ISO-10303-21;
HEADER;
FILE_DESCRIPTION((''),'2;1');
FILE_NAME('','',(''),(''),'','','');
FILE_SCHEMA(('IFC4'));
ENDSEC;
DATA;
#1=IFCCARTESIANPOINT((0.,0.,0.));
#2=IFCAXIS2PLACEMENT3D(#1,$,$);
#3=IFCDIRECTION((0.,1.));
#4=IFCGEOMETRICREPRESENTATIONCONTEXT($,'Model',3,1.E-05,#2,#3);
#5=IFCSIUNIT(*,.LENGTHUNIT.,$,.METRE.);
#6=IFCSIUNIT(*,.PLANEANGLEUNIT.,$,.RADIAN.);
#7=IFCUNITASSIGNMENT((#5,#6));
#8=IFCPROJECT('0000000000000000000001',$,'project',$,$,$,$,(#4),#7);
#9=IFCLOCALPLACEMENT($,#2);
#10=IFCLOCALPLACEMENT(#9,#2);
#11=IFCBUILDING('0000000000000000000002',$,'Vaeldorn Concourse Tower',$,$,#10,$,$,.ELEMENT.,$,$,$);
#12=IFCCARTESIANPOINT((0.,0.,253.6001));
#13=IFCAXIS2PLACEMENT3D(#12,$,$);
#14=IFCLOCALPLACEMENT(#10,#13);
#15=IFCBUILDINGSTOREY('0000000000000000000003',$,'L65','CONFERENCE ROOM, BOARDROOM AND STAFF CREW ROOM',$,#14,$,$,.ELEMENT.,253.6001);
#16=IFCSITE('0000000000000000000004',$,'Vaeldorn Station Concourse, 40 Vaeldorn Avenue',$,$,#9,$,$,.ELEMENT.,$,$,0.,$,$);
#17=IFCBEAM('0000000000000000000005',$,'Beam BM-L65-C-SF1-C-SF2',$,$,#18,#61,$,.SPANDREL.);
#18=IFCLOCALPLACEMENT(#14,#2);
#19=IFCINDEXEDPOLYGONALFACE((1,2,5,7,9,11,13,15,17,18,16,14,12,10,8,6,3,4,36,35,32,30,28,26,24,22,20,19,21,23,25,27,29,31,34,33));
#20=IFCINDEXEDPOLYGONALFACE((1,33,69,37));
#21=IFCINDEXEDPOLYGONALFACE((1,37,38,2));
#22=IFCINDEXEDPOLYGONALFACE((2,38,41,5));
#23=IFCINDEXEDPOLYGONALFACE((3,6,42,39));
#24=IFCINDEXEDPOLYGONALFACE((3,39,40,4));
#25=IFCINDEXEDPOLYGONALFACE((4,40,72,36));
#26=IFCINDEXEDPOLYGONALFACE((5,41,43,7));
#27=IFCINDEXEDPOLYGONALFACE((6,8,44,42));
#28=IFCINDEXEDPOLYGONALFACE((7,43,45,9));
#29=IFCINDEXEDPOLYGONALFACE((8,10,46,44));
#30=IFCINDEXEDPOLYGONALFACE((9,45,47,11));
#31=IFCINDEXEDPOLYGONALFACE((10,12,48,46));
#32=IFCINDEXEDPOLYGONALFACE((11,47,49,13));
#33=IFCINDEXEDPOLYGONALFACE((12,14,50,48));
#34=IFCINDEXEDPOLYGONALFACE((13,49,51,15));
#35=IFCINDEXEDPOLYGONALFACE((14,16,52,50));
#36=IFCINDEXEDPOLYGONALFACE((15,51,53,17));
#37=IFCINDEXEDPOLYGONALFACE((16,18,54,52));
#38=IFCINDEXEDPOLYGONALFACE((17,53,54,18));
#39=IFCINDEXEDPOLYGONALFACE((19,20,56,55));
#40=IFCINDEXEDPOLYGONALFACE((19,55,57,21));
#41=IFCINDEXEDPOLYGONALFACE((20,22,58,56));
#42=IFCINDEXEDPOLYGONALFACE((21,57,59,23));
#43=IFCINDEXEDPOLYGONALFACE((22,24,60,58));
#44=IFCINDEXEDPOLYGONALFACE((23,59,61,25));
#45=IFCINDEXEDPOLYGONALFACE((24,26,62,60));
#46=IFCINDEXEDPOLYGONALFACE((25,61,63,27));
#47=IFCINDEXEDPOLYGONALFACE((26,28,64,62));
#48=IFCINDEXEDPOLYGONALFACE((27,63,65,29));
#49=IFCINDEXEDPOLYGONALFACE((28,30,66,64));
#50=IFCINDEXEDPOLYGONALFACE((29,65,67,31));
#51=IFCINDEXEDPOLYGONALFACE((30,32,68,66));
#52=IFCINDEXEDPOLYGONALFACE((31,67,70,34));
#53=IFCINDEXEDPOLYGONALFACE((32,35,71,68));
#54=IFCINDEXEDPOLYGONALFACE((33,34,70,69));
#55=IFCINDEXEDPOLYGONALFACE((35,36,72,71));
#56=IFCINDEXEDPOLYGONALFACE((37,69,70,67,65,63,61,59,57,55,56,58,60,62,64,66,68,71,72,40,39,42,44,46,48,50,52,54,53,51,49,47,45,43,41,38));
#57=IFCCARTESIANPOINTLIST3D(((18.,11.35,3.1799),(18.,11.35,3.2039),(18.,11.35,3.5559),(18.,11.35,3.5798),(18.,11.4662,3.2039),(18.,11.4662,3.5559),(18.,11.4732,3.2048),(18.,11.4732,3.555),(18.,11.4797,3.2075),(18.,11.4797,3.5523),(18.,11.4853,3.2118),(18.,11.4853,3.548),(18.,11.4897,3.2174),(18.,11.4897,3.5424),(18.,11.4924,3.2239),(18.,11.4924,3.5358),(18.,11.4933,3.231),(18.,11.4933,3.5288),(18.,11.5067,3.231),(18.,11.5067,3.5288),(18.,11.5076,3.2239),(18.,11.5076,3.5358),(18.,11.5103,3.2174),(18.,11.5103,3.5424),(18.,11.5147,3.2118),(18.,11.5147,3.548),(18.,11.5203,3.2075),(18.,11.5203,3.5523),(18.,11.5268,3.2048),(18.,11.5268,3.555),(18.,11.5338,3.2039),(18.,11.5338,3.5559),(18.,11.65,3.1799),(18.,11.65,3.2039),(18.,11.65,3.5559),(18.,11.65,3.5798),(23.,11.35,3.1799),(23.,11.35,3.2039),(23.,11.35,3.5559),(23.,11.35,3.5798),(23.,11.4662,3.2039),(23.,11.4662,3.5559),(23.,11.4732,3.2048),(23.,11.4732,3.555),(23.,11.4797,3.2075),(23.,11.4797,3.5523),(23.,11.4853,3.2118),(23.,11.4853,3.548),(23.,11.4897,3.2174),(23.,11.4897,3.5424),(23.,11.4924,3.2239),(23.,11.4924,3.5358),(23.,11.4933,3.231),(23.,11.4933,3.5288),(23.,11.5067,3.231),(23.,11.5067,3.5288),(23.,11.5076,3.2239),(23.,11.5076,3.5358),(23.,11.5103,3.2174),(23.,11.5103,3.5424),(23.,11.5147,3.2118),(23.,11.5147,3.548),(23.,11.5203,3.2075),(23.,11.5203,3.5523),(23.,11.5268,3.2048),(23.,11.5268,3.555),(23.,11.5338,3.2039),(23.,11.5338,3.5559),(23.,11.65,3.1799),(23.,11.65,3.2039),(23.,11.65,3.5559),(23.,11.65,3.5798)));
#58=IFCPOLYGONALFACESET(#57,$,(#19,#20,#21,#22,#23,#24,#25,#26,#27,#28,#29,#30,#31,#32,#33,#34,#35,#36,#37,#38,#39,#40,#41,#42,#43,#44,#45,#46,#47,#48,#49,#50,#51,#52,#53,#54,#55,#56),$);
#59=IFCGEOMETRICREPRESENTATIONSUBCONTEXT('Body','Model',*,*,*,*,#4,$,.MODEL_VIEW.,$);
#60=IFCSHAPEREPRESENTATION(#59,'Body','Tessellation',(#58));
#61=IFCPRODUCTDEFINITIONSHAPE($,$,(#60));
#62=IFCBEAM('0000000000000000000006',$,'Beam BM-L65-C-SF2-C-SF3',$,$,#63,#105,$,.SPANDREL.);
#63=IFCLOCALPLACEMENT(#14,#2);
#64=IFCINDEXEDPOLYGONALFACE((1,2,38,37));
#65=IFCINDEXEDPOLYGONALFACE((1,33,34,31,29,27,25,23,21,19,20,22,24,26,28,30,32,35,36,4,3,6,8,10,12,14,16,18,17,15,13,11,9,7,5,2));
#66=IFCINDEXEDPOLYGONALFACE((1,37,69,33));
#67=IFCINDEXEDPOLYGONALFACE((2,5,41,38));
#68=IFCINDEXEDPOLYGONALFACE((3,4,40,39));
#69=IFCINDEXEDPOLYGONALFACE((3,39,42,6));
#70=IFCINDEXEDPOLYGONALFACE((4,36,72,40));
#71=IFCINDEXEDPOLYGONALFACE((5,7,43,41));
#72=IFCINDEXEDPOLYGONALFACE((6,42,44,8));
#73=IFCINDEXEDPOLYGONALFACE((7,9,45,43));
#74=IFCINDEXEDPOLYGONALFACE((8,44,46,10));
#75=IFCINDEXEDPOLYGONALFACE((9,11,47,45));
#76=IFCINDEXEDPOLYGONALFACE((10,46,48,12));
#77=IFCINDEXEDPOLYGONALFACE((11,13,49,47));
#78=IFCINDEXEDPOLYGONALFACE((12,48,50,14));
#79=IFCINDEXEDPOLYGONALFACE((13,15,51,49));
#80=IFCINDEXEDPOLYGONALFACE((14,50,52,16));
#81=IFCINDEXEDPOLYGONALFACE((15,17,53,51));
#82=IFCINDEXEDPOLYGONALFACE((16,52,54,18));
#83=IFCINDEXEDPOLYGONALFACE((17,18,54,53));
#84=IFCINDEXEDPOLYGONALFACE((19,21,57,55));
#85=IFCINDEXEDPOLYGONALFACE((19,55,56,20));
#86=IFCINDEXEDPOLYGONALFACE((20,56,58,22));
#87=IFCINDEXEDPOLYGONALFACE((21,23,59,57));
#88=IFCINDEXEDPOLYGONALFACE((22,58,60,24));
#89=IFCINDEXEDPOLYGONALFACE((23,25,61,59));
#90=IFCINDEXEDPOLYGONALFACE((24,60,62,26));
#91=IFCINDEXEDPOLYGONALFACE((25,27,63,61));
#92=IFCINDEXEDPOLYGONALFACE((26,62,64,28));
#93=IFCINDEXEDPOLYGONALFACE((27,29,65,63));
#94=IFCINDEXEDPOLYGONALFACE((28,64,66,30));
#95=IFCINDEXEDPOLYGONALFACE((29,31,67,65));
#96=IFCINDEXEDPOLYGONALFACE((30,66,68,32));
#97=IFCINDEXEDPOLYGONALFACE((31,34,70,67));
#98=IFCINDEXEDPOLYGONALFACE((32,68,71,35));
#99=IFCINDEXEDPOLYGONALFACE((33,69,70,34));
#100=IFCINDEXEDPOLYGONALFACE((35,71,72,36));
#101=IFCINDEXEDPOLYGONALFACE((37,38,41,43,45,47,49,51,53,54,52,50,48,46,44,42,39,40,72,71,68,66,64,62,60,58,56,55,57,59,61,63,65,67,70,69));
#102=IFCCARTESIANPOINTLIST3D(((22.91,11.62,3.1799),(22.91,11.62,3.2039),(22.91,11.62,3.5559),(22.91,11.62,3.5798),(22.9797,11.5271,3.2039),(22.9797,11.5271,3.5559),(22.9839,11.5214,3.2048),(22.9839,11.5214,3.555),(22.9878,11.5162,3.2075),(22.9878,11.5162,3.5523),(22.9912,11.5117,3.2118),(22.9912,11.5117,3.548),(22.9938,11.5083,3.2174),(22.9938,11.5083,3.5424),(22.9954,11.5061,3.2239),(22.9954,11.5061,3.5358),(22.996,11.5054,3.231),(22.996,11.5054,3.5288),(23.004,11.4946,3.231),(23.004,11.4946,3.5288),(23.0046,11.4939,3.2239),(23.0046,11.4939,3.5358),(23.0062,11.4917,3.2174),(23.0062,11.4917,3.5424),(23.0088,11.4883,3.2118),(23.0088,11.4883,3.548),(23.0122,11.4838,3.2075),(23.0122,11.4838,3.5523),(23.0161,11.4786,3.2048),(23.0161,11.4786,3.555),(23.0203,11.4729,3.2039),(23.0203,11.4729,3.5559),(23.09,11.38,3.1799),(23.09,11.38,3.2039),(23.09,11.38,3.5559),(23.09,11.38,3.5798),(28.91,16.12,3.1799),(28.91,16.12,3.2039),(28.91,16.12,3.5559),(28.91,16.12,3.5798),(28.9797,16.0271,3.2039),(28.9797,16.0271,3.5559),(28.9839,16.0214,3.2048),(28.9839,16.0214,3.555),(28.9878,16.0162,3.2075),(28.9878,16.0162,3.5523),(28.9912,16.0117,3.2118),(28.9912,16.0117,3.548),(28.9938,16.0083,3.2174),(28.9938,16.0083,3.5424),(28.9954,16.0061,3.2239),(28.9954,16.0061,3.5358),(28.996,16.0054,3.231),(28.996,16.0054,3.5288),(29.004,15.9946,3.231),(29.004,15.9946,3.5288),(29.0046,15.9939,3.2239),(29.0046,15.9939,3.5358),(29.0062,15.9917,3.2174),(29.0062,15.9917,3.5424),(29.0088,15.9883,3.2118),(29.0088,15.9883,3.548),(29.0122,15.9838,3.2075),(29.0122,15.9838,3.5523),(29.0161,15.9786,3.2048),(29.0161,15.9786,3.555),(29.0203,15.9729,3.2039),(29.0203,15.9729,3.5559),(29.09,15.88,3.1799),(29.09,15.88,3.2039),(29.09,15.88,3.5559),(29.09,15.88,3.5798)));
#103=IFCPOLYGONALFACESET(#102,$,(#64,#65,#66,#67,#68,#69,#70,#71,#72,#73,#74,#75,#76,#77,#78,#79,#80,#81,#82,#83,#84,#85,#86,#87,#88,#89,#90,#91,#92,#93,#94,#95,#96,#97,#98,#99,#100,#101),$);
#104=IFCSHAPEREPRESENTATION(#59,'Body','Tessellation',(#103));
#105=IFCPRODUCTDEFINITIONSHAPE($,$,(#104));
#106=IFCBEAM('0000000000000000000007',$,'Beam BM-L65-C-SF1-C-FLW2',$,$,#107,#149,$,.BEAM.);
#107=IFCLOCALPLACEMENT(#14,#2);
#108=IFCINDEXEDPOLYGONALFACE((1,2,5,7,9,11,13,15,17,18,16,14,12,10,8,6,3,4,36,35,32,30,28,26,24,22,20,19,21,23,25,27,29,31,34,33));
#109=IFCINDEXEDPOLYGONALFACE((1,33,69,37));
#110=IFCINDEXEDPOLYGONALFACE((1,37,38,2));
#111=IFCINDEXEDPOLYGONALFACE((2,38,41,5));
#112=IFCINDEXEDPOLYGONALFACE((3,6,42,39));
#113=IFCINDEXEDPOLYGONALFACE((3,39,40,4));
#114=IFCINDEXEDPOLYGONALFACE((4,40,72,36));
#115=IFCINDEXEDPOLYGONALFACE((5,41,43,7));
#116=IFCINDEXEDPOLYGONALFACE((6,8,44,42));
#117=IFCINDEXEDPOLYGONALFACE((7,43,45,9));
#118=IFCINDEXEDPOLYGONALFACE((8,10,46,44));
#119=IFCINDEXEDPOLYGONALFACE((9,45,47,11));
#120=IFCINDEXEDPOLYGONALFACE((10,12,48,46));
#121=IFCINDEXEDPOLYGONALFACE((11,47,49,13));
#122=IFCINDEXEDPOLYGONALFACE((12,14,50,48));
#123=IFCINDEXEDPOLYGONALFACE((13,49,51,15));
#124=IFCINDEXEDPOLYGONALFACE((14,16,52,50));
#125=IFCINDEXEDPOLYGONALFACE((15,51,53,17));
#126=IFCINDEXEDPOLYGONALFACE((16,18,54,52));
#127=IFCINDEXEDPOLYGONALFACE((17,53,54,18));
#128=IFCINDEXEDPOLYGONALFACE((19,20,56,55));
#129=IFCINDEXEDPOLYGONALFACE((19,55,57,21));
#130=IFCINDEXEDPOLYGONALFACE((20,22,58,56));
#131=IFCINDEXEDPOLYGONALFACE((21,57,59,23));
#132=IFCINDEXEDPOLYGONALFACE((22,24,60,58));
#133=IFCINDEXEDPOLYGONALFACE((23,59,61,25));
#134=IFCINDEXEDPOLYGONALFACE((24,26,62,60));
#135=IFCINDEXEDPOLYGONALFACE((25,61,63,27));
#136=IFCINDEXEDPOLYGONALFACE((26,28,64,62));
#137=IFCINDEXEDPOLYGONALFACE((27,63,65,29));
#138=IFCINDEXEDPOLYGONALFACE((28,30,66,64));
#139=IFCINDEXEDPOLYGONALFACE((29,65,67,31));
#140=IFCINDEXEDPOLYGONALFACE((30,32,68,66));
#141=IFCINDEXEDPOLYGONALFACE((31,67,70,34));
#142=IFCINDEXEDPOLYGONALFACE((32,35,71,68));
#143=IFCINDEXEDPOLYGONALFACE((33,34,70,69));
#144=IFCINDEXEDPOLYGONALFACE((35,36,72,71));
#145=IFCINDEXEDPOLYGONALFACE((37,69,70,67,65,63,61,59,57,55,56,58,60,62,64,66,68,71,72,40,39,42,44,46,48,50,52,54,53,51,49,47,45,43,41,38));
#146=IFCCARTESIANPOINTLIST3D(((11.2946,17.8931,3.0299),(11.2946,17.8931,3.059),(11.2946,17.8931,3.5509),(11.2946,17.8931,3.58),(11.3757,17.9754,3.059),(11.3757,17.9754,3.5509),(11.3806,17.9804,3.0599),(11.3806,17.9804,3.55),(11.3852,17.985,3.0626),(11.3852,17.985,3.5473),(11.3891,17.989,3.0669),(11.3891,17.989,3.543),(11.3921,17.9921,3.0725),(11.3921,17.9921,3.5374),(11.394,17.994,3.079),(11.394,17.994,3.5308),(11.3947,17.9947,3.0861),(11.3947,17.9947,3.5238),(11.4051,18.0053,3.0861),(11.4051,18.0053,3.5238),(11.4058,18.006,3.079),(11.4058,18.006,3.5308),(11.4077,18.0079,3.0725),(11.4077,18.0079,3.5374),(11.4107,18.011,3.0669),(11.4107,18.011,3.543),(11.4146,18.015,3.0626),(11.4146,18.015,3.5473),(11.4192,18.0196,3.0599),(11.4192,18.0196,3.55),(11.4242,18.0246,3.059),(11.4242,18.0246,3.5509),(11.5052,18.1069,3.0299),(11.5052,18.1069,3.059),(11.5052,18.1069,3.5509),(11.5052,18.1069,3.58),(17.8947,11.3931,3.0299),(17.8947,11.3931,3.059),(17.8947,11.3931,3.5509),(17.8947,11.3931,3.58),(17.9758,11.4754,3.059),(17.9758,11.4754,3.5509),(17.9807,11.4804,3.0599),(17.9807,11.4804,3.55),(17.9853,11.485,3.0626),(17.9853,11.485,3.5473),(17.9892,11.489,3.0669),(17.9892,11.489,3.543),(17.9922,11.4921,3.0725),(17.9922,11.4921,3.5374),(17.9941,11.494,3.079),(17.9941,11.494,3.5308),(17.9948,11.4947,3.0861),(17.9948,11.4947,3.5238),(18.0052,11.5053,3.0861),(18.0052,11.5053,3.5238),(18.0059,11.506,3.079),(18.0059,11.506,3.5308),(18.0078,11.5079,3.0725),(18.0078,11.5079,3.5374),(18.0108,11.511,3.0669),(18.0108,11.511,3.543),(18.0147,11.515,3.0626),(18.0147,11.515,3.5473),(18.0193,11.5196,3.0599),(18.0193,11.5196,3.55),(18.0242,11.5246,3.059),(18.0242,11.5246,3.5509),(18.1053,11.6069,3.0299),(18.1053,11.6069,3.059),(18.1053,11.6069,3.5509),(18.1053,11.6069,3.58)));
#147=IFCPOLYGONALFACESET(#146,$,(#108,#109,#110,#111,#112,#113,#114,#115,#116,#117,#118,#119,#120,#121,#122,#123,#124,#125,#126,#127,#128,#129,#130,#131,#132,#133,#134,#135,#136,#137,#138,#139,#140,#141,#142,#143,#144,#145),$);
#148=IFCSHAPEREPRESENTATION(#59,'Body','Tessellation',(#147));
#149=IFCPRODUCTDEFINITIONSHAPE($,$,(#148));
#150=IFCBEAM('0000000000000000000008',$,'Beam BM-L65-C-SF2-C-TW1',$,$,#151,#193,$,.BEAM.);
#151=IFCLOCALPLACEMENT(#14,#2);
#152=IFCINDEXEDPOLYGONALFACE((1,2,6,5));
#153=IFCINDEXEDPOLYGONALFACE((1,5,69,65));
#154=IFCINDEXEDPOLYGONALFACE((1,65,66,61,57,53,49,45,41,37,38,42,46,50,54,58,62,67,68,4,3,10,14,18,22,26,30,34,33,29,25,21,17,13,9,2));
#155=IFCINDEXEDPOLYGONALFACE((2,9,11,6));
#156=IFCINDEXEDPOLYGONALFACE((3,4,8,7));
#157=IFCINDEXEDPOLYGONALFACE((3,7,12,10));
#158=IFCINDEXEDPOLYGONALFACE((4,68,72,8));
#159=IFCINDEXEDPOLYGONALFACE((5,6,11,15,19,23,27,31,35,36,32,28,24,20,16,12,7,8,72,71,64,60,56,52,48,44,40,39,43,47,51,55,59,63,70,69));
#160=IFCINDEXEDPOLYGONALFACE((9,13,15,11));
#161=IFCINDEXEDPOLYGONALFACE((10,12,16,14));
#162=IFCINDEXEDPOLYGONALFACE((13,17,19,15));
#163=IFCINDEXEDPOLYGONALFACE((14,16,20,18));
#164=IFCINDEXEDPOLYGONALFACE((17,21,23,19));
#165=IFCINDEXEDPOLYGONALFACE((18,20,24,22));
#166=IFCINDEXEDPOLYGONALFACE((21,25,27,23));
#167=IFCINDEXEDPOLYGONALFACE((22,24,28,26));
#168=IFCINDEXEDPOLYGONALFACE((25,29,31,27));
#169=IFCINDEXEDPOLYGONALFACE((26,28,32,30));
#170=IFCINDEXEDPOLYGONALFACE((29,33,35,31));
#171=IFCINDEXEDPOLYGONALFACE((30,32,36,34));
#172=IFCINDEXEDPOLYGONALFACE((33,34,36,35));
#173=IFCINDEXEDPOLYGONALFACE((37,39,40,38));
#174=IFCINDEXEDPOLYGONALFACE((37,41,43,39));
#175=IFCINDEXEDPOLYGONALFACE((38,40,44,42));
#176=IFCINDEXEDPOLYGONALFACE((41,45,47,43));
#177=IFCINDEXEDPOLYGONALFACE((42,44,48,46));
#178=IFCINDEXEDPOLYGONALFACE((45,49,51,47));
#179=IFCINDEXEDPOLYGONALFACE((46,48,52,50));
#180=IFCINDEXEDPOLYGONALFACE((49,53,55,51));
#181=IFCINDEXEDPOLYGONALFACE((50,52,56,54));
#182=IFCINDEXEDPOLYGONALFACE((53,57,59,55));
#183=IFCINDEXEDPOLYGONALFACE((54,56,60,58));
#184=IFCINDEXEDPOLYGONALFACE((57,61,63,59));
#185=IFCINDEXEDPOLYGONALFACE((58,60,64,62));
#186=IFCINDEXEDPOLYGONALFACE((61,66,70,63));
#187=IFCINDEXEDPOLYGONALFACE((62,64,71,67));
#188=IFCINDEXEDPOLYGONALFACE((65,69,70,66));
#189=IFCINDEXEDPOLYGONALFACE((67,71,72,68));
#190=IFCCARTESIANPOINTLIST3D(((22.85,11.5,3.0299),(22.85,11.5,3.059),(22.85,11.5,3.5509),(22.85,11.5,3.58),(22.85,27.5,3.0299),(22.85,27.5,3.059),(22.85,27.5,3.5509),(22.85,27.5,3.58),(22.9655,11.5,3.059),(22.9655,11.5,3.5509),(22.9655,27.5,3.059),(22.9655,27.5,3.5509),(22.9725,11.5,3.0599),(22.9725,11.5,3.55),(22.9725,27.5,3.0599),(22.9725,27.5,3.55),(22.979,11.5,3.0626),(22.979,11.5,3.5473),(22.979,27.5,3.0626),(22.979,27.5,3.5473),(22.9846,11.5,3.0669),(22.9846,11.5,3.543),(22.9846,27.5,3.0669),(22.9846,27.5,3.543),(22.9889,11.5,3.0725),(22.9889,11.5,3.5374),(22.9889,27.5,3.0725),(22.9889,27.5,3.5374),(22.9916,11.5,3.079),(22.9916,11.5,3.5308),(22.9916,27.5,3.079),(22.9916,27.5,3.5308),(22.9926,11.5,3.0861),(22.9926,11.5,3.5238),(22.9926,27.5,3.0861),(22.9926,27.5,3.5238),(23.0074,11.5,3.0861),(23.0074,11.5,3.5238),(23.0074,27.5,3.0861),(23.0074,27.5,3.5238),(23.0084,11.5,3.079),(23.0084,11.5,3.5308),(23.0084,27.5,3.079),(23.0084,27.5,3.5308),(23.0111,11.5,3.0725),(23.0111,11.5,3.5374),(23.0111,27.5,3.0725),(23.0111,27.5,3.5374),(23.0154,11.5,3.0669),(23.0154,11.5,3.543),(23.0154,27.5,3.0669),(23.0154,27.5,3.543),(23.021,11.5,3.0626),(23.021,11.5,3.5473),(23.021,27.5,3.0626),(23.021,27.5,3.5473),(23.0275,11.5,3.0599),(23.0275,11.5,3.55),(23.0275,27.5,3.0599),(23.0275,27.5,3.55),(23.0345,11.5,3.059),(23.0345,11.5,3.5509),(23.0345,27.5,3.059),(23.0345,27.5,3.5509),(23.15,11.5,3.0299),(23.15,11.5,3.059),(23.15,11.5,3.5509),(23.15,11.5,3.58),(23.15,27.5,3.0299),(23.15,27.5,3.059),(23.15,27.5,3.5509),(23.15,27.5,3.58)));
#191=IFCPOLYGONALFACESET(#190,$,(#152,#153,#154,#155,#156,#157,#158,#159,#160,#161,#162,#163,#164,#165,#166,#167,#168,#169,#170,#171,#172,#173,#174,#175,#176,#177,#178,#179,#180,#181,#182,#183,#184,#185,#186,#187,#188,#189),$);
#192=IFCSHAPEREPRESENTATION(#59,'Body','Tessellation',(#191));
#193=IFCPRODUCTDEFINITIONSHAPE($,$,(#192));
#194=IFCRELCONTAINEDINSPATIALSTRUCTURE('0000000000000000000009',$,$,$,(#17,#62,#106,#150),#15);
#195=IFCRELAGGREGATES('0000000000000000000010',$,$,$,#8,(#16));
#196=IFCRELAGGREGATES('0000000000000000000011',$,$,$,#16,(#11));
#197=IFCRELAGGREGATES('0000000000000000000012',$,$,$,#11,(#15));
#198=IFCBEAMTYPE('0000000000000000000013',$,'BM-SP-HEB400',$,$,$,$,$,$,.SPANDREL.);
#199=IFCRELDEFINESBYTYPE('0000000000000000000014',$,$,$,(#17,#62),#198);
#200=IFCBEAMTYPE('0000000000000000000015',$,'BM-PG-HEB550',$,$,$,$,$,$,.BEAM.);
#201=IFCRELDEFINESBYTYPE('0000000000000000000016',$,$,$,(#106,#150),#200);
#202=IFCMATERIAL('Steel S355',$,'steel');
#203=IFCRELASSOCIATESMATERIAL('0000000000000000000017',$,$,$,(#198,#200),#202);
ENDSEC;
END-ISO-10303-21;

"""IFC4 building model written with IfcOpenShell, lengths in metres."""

from ifc_helpers import new_model, si_unit, direction, frame, origin, origin_2d, place, context, subcontext, project, spatial, i_section, extrude, source, transform, mapped, material, material_profile, profile_set, type_object, element, save


model = new_model("IFC4")

# Units and contexts
model_context = context("Model", 3, precision=1e-05, world=origin(), true_north=direction((0.0, 1.0)))
body_context = subcontext(model_context, "Body", "Model", "MODEL_VIEW")
ifc_project = project(units=[si_unit("LENGTHUNIT", "METRE"), si_unit("PLANEANGLEUNIT", "RADIAN")], contexts=[model_context])

# Site, building, storey
site_placement = place(None, origin())
site = spatial("IfcSite", under=ifc_project, at=site_placement, Name="Vaeldorn Station Concourse, 40 Vaeldorn Avenue", CompositionType="ELEMENT", RefElevation=0.0)
building_placement = place(site_placement, origin())
building = spatial("IfcBuilding", under=site, at=building_placement, Name="Vaeldorn Concourse Tower", CompositionType="ELEMENT")
storey_placement = place(building_placement, frame((0.0, 0.0, 253.6001)))
storey = spatial("IfcBuildingStorey", under=building, at=storey_placement, Name="L65", Description="CONFERENCE ROOM, BOARDROOM AND STAFF CREW ROOM", CompositionType="ELEMENT", Elevation=253.6001)

# Shared definitions
ifc_material_1 = material(Name="Steel S355", Category="steel")

# Beams
ifc_material_profile_1 = material_profile(ifc_material_1, i_section(OverallWidth=0.3, OverallDepth=0.3999, WebThickness=0.0134, FlangeThickness=0.0239, FilletRadius=0.0271, at=origin_2d()), Name="HEB 400")
ifc_profile_set_1 = profile_set([ifc_material_profile_1], Name="Steel S355")
beam_type_1 = type_object("IfcBeamType", Name="BM-SP-HEB400", PredefinedType="SPANDREL", material=ifc_profile_set_1)
shared_shape_1 = source(origin(), body_context, "Body", "SweptSolid", [
    extrude(i_section(OverallWidth=0.3, OverallDepth=0.3999, WebThickness=0.0134, FlangeThickness=0.0239, FilletRadius=0.0271, at=origin_2d()), origin(), (0.0, 0.0, 1.0), 5.0),
])
beam_1_placement = place(storey_placement, frame((18.0, 11.5, 3.3799), z_axis=(1.0, 0.0, 0.0), x_axis=(0.0, 1.0, 0.0)))
element("IfcBeam", 1, at=beam_1_placement, inside=storey, type_object=beam_type_1, Name="Beam BM-L65-C-SF1-C-SF2", PredefinedType="SPANDREL", context=body_context, shape_type="MappedRepresentation", body=[
    mapped(shared_shape_1, transform((0.0, 0.0, 0.0), scale=1.0)),
])
shared_shape_2 = source(origin(), body_context, "Body", "SweptSolid", [
    extrude(i_section(OverallWidth=0.3, OverallDepth=0.3999, WebThickness=0.0134, FlangeThickness=0.0239, FilletRadius=0.0271, at=origin_2d()), origin(), (0.0, 0.0, 1.0), 7.5),
])
beam_2_placement = place(storey_placement, frame((23.0, 11.5, 3.3799), z_axis=(0.8, 0.6, 0.0), x_axis=(-0.6, 0.8, 0.0)))
element("IfcBeam", 2, at=beam_2_placement, inside=storey, type_object=beam_type_1, Name="Beam BM-L65-C-SF2-C-SF3", PredefinedType="SPANDREL", context=body_context, shape_type="MappedRepresentation", body=[
    mapped(shared_shape_2, transform((0.0, 0.0, 0.0), scale=1.0)),
])
ifc_material_profile_2 = material_profile(ifc_material_1, i_section(OverallWidth=0.3, OverallDepth=0.55, WebThickness=0.0149, FlangeThickness=0.0291, FilletRadius=0.0271, at=origin_2d()), Name="HEB 550")
ifc_profile_set_2 = profile_set([ifc_material_profile_2], Name="Steel S355")
beam_type_2 = type_object("IfcBeamType", Name="BM-PG-HEB550", PredefinedType="BEAM", material=ifc_profile_set_2)
shared_shape_3 = source(origin(), body_context, "Body", "SweptSolid", [
    extrude(i_section(OverallWidth=0.3, OverallDepth=0.55, WebThickness=0.0149, FlangeThickness=0.0291, FilletRadius=0.0271, at=origin_2d()), origin(), (0.0, 0.0, 1.0), 9.2634),
])
beam_3_placement = place(storey_placement, frame((18.0, 11.5, 3.3049), z_axis=(-0.712489, 0.701683, 0.0), x_axis=(-0.701683, -0.712489, 0.0)))
element("IfcBeam", 3, at=beam_3_placement, inside=storey, type_object=beam_type_2, Name="Beam BM-L65-C-SF1-C-FLW2", PredefinedType="BEAM", context=body_context, shape_type="MappedRepresentation", body=[
    mapped(shared_shape_3, transform((0.0, 0.0, 0.0), scale=1.0)),
])
shared_shape_4 = source(origin(), body_context, "Body", "SweptSolid", [
    extrude(i_section(OverallWidth=0.3, OverallDepth=0.55, WebThickness=0.0149, FlangeThickness=0.0291, FilletRadius=0.0271, at=origin_2d()), origin(), (0.0, 0.0, 1.0), 16.0),
])
beam_4_placement = place(storey_placement, frame((23.0, 11.5, 3.3049), z_axis=(0.0, 1.0, 0.0), x_axis=(-1.0, 0.0, 0.0)))
element("IfcBeam", 4, at=beam_4_placement, inside=storey, type_object=beam_type_2, Name="Beam BM-L65-C-SF2-C-TW1", PredefinedType="BEAM", context=body_context, shape_type="MappedRepresentation", body=[
    mapped(shared_shape_4, transform((0.0, 0.0, 0.0), scale=1.0)),
])

save(model, "model.ifc")
